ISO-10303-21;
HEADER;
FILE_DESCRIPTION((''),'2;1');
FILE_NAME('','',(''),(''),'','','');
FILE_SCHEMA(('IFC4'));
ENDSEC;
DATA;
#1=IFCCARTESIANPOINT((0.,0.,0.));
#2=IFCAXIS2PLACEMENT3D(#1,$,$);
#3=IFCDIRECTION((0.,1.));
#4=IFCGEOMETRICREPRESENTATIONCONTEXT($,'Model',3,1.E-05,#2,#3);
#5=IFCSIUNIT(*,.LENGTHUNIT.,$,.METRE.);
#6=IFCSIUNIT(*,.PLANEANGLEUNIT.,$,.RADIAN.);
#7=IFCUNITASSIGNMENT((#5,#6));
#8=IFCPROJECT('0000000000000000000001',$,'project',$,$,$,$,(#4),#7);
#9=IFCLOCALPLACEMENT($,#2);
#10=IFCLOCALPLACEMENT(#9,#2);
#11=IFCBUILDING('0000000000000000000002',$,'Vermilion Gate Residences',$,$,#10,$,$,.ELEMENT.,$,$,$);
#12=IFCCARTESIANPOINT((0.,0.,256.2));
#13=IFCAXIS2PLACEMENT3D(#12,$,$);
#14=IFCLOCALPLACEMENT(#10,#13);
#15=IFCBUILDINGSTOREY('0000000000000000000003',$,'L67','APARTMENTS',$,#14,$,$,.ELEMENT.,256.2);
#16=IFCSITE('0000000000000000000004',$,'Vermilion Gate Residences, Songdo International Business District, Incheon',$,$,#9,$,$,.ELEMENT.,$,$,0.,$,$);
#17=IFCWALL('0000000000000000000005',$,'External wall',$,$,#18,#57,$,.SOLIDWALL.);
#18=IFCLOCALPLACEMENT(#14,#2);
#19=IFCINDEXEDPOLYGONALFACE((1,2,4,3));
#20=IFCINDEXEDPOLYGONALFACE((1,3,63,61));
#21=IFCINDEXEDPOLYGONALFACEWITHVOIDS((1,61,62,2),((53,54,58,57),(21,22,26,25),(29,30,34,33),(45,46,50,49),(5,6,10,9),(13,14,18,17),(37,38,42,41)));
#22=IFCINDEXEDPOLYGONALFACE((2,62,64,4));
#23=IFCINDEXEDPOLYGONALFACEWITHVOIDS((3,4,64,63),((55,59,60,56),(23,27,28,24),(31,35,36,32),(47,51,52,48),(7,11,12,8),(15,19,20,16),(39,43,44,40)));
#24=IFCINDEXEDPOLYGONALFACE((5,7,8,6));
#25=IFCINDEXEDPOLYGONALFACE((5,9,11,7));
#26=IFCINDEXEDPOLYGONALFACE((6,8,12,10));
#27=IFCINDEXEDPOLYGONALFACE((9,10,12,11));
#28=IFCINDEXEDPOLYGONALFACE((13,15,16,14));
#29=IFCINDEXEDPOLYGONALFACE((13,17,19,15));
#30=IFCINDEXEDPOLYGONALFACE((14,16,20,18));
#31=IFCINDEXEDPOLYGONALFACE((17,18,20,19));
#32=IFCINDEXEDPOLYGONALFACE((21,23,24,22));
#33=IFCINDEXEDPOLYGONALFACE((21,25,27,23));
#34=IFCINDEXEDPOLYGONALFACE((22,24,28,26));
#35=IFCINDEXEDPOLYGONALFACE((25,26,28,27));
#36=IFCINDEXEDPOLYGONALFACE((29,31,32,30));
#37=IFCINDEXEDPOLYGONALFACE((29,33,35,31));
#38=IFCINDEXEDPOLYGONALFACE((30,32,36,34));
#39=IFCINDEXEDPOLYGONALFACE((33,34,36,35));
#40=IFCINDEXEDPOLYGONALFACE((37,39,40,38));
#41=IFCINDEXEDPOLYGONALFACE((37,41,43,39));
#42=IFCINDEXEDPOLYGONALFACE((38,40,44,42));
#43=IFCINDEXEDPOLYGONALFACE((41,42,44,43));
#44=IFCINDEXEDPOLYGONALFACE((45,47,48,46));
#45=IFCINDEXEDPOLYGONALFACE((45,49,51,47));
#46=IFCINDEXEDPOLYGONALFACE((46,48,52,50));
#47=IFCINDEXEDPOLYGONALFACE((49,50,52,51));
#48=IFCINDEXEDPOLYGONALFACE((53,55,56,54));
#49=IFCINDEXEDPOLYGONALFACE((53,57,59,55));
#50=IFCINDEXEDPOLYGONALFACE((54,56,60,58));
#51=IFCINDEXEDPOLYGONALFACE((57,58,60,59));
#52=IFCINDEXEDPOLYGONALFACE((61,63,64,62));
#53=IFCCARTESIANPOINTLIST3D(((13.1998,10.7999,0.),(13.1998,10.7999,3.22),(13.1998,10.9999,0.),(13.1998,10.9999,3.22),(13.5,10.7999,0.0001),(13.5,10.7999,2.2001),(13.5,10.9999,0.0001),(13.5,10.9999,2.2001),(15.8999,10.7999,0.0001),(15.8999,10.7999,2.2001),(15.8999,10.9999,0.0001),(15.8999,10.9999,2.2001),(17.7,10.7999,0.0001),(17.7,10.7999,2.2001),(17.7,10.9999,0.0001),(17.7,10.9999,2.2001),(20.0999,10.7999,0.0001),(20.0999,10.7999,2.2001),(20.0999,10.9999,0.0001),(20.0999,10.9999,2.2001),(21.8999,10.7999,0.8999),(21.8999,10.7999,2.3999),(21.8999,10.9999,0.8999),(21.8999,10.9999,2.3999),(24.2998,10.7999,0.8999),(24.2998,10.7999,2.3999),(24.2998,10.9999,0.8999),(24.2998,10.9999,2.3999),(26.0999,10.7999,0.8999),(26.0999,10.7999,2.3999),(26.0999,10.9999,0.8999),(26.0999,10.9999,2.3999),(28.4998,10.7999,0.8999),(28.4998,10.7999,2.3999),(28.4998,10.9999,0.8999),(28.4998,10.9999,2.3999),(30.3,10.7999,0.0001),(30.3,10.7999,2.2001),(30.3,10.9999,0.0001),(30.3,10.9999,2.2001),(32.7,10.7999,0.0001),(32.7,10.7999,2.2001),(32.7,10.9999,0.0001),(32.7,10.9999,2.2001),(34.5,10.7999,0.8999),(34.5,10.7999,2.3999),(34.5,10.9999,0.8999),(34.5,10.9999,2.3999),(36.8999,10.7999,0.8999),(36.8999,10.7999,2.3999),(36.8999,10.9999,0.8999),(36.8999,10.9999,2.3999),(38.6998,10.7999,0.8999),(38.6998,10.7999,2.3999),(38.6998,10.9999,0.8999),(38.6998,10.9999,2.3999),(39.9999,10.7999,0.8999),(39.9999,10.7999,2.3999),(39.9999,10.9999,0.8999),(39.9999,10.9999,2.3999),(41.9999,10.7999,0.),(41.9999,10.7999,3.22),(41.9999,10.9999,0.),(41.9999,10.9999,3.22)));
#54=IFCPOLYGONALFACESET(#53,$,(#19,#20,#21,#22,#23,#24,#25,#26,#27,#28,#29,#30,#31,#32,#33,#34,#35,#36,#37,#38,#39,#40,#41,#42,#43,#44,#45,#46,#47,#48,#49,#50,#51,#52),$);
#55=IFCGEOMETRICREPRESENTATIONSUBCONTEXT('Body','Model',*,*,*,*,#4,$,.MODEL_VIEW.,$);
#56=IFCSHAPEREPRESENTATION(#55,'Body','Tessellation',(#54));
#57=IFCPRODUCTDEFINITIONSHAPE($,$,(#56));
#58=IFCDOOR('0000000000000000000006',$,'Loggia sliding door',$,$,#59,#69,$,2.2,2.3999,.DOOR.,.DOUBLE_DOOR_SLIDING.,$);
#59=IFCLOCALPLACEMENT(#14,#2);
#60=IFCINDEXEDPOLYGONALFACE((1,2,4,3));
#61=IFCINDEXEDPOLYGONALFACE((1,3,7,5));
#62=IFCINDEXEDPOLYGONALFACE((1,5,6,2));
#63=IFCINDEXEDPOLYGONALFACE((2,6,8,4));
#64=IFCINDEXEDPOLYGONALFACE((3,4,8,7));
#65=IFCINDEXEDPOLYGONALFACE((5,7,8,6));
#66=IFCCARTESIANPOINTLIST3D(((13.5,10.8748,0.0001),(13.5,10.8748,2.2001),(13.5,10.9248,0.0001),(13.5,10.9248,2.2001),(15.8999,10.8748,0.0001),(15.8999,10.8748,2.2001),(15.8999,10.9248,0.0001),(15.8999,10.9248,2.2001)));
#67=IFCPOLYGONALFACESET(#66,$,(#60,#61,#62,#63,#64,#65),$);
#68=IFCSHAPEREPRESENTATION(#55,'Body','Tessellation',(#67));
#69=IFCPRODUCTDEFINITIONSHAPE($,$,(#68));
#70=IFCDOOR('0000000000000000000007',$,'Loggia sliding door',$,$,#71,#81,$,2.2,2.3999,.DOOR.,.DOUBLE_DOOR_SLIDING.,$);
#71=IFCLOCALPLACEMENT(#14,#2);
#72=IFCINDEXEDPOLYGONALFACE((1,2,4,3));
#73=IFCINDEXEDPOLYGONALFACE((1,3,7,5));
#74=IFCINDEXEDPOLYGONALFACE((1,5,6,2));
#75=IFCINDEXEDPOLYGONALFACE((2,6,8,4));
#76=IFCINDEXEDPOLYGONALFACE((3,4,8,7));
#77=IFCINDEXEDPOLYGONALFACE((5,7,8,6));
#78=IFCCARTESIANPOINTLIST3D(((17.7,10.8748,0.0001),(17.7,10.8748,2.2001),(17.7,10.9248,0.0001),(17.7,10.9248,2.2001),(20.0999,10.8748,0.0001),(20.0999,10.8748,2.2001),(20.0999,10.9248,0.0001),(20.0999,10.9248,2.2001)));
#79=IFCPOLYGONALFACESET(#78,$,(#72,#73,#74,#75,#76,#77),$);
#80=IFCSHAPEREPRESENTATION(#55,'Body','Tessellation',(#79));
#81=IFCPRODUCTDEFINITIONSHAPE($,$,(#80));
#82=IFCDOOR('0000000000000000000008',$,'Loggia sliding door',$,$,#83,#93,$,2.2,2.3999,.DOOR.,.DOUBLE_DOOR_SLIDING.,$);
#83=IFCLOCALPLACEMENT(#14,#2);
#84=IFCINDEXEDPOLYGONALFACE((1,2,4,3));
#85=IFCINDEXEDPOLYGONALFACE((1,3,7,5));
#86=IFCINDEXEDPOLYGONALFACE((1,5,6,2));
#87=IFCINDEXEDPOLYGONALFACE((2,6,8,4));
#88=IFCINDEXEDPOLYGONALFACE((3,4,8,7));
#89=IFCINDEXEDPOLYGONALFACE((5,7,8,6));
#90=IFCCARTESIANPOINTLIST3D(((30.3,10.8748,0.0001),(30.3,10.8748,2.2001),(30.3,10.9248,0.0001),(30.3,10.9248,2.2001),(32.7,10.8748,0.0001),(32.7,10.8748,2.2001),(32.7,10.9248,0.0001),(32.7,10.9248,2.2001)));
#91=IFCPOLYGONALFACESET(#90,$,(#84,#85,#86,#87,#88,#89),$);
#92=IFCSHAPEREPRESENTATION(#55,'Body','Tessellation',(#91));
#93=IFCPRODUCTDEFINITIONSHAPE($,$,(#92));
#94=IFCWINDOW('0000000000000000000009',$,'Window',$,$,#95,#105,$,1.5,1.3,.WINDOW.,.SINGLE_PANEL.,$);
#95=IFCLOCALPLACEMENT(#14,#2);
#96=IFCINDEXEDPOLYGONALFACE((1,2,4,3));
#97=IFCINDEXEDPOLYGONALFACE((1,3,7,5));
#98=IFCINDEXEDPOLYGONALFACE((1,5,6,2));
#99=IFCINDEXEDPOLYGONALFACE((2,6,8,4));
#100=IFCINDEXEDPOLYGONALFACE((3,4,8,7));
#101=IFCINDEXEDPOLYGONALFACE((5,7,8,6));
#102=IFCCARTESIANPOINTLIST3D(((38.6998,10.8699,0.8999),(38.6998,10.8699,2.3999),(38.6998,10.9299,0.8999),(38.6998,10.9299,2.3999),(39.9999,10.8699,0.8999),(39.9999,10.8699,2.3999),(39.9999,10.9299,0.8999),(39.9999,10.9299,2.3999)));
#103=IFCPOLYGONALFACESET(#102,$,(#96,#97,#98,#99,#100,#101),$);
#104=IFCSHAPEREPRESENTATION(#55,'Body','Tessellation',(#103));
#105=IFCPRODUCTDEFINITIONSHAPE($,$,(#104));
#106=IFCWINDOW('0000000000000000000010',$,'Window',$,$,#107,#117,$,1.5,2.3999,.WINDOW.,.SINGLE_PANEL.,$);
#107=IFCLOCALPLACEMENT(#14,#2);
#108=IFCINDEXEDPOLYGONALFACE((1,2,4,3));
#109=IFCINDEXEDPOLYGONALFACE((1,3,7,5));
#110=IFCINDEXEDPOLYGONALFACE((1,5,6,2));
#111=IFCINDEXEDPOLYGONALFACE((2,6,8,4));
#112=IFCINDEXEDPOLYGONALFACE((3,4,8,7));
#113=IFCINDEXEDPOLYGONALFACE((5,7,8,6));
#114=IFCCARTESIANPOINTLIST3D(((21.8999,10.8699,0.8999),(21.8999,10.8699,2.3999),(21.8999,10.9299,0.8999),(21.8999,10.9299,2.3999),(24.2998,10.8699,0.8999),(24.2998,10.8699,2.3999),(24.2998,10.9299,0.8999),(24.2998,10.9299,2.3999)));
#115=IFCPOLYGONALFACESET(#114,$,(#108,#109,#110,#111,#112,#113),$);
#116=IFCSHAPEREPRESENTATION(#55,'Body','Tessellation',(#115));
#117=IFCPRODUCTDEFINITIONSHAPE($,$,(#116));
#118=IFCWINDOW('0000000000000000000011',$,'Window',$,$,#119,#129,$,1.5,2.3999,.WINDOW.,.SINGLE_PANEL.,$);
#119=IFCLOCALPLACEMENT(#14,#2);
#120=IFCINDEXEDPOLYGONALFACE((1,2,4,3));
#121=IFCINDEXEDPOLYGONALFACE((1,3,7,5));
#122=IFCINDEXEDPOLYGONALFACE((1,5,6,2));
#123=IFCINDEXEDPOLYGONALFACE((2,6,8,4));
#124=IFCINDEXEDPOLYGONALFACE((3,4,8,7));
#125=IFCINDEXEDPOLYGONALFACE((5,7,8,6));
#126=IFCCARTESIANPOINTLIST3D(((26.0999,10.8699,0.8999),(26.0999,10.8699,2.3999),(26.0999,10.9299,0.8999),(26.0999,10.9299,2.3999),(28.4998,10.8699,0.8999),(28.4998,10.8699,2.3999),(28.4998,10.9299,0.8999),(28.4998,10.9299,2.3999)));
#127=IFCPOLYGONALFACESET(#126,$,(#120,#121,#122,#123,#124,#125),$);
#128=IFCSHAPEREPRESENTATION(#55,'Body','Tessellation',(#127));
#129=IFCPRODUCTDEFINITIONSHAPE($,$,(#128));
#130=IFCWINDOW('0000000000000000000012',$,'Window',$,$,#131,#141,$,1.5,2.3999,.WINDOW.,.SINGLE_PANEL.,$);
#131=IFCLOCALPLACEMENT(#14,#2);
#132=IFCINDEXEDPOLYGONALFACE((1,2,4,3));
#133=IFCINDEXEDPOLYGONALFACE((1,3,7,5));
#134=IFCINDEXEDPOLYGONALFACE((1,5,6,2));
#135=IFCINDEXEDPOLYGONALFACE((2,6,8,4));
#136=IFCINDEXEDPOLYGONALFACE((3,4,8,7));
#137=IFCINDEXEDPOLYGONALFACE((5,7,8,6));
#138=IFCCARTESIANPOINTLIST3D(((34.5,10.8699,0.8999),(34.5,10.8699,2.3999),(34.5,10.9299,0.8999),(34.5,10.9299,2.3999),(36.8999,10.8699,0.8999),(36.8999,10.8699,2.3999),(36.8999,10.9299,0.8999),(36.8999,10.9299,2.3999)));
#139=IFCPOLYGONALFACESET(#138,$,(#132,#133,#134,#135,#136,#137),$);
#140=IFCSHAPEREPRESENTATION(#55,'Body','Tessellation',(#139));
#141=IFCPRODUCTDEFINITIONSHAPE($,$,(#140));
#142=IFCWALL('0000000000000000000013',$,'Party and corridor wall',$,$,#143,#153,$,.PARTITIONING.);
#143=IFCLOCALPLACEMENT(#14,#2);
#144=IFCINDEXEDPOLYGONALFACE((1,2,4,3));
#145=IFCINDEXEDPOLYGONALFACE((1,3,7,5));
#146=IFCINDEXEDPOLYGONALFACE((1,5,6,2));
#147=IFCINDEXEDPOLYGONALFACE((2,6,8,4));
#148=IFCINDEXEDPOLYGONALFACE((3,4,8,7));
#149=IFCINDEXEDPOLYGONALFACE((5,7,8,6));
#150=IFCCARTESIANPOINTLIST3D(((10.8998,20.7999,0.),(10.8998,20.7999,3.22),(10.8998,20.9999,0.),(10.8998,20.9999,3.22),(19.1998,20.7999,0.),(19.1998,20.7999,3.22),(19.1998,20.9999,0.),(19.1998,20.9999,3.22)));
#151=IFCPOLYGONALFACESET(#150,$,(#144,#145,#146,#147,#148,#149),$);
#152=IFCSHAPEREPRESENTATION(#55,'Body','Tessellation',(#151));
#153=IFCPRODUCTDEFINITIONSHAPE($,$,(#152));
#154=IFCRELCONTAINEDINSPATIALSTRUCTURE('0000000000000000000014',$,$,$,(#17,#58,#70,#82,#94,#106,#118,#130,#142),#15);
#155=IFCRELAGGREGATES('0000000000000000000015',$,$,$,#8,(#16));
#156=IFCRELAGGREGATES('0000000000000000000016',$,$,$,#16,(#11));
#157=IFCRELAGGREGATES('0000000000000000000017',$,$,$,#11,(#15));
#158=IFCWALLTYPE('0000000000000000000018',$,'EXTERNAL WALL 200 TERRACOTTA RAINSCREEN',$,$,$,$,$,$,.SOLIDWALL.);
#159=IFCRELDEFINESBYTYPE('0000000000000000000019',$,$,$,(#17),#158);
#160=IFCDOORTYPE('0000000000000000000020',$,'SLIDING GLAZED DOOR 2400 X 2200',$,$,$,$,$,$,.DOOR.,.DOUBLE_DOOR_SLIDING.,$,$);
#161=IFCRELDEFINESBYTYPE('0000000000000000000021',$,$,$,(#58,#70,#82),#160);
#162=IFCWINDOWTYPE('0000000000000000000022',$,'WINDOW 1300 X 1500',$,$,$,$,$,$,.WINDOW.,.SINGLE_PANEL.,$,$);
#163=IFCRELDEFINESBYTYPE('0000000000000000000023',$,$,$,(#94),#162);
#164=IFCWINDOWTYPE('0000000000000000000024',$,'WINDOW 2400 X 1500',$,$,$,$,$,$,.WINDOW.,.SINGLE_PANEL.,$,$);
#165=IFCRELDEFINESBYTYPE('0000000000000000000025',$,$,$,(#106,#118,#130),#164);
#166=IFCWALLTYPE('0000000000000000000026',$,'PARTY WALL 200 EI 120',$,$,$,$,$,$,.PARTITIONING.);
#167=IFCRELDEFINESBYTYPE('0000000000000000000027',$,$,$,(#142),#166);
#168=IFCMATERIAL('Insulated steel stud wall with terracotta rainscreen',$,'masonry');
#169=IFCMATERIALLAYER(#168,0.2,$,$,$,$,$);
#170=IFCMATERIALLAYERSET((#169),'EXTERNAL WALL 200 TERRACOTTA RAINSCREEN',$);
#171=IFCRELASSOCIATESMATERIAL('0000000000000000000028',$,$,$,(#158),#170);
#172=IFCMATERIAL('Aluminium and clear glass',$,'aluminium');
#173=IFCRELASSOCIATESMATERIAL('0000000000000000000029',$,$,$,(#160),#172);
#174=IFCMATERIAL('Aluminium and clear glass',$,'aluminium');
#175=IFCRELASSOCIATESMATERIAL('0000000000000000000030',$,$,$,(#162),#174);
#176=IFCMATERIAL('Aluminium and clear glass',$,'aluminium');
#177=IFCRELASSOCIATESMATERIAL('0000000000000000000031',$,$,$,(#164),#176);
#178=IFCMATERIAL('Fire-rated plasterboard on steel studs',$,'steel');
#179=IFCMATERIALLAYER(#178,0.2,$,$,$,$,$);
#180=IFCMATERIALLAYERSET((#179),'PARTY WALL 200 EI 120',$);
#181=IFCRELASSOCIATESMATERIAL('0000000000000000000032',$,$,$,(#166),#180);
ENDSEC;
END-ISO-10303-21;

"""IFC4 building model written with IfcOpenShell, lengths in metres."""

from ifc_helpers import new_model, si_unit, direction, frame, frame_2d, origin, place, context, subcontext, project, spatial, rectangle, extrude, material, layer, layer_set, type_object, element, fill, save


model = new_model("IFC4")

# Units and contexts
model_context = context("Model", 3, precision=1e-05, world=origin(), true_north=direction((0.0, 1.0)))
body_context = subcontext(model_context, "Body", "Model", "MODEL_VIEW")
ifc_project = project(units=[si_unit("LENGTHUNIT", "METRE"), si_unit("PLANEANGLEUNIT", "RADIAN")], contexts=[model_context])

# Site, building, storey
site_placement = place(None, origin())
site = spatial("IfcSite", under=ifc_project, at=site_placement, Name="Vermilion Gate Residences, Songdo International Business District, Incheon", CompositionType="ELEMENT", RefElevation=0.0)
building_placement = place(site_placement, origin())
building = spatial("IfcBuilding", under=site, at=building_placement, Name="Vermilion Gate Residences", CompositionType="ELEMENT")
storey_placement = place(building_placement, frame((0.0, 0.0, 256.2)))
storey = spatial("IfcBuildingStorey", under=building, at=storey_placement, Name="L67", Description="APARTMENTS", CompositionType="ELEMENT", Elevation=256.2)

# Shared definitions
ifc_material_1 = material(Name="Insulated steel stud wall with terracotta rainscreen", Category="masonry")
ifc_layer_1 = layer(ifc_material_1, 0.2)
ifc_layer_set_1 = layer_set([ifc_layer_1], Name="EXTERNAL WALL 200 TERRACOTTA RAINSCREEN")
wall_type_1 = type_object("IfcWallType", Name="EXTERNAL WALL 200 TERRACOTTA RAINSCREEN", PredefinedType="SOLIDWALL", material=ifc_layer_set_1)

# Wall, openings, doors, windows
wall_1_placement = place(storey_placement, frame((13.2, 10.8999, 0.0), z_axis=(0.0, 0.0, 1.0), x_axis=(1.0, 0.0, 0.0)))
wall_1 = element("IfcWall", 1, at=wall_1_placement, inside=storey, type_object=wall_type_1, Name="External wall", PredefinedType="SOLIDWALL", context=body_context, shape_type="SweptSolid", body=[
    extrude(rectangle(XDim=28.8, YDim=0.2, at=frame_2d((14.3999, 0.0))), origin(), (0.0, 0.0, 1.0), 3.22),
])
opening_1_placement = place(wall_1_placement, frame((0.3, 0.0, 0.0)))
opening_1 = element("IfcOpeningElement", 2, at=opening_1_placement, cuts=wall_1, PredefinedType="OPENING", context=body_context, shape_type="SweptSolid", body=[
    extrude(rectangle(XDim=2.3999, YDim=2.2, at=frame_2d((1.2, 1.1001))), frame((0.0, 0.1099, 0.0), z_axis=(0.0, -1.0, 0.0), x_axis=(1.0, 0.0, 0.0)), (0.0, 0.0, 1.0), 0.22),
])
opening_2_placement = place(wall_1_placement, frame((4.5, 0.0, 0.0)))
opening_2 = element("IfcOpeningElement", 3, at=opening_2_placement, cuts=wall_1, PredefinedType="OPENING", context=body_context, shape_type="SweptSolid", body=[
    extrude(rectangle(XDim=2.3999, YDim=2.2, at=frame_2d((1.2, 1.1001))), frame((0.0, 0.1099, 0.0), z_axis=(0.0, -1.0, 0.0), x_axis=(1.0, 0.0, 0.0)), (0.0, 0.0, 1.0), 0.22),
])
opening_3_placement = place(wall_1_placement, frame((8.7, 0.0, 0.8999)))
opening_3 = element("IfcOpeningElement", 4, at=opening_3_placement, cuts=wall_1, PredefinedType="OPENING", context=body_context, shape_type="SweptSolid", body=[
    extrude(rectangle(XDim=2.3999, YDim=1.5, at=frame_2d((1.2, 0.75))), frame((0.0, 0.1099, 0.0), z_axis=(0.0, -1.0, 0.0), x_axis=(1.0, 0.0, 0.0)), (0.0, 0.0, 1.0), 0.22),
])
opening_4_placement = place(wall_1_placement, frame((12.8999, 0.0, 0.8999)))
opening_4 = element("IfcOpeningElement", 5, at=opening_4_placement, cuts=wall_1, PredefinedType="OPENING", context=body_context, shape_type="SweptSolid", body=[
    extrude(rectangle(XDim=2.3999, YDim=1.5, at=frame_2d((1.2, 0.75))), frame((0.0, 0.1099, 0.0), z_axis=(0.0, -1.0, 0.0), x_axis=(1.0, 0.0, 0.0)), (0.0, 0.0, 1.0), 0.22),
])
opening_5_placement = place(wall_1_placement, frame((17.1001, 0.0, 0.0)))
opening_5 = element("IfcOpeningElement", 6, at=opening_5_placement, cuts=wall_1, PredefinedType="OPENING", context=body_context, shape_type="SweptSolid", body=[
    extrude(rectangle(XDim=2.3999, YDim=2.2, at=frame_2d((1.2, 1.1001))), frame((0.0, 0.1099, 0.0), z_axis=(0.0, -1.0, 0.0), x_axis=(1.0, 0.0, 0.0)), (0.0, 0.0, 1.0), 0.22),
])
opening_6_placement = place(wall_1_placement, frame((21.3, 0.0, 0.8999)))
opening_6 = element("IfcOpeningElement", 7, at=opening_6_placement, cuts=wall_1, PredefinedType="OPENING", context=body_context, shape_type="SweptSolid", body=[
    extrude(rectangle(XDim=2.3999, YDim=1.5, at=frame_2d((1.2, 0.75))), frame((0.0, 0.1099, 0.0), z_axis=(0.0, -1.0, 0.0), x_axis=(1.0, 0.0, 0.0)), (0.0, 0.0, 1.0), 0.22),
])
opening_7_placement = place(wall_1_placement, frame((25.5, 0.0, 0.8999)))
opening_7 = element("IfcOpeningElement", 8, at=opening_7_placement, cuts=wall_1, PredefinedType="OPENING", context=body_context, shape_type="SweptSolid", body=[
    extrude(rectangle(XDim=1.3, YDim=1.5, at=frame_2d((0.6499, 0.75))), frame((0.0, 0.1099, 0.0), z_axis=(0.0, -1.0, 0.0), x_axis=(1.0, 0.0, 0.0)), (0.0, 0.0, 1.0), 0.22),
])
ifc_material_2 = material(Name="Aluminium and clear glass", Category="aluminium")
door_type = type_object("IfcDoorType", Name="SLIDING GLAZED DOOR 2400 X 2200", OperationType="DOUBLE_DOOR_SLIDING", PredefinedType="DOOR", material=ifc_material_2)
door_1_placement = place(opening_1_placement, origin())
door_1 = element("IfcDoor", 9, at=door_1_placement, inside=storey, type_object=door_type, Name="Loggia sliding door", OperationType="DOUBLE_DOOR_SLIDING", OverallHeight=2.2, OverallWidth=2.3999, PredefinedType="DOOR", context=body_context, shape_type="SweptSolid", body=[
    extrude(rectangle(XDim=2.3999, YDim=2.2, at=frame_2d((1.2, 1.1001))), frame((0.0, 0.0249, 0.0), z_axis=(0.0, -1.0, 0.0), x_axis=(1.0, 0.0, 0.0)), (0.0, 0.0, 1.0), 0.05),
])
fill(opening_1, door_1)
door_2_placement = place(opening_2_placement, origin())
door_2 = element("IfcDoor", 10, at=door_2_placement, inside=storey, type_object=door_type, Name="Loggia sliding door", OperationType="DOUBLE_DOOR_SLIDING", OverallHeight=2.2, OverallWidth=2.3999, PredefinedType="DOOR", context=body_context, shape_type="SweptSolid", body=[
    extrude(rectangle(XDim=2.3999, YDim=2.2, at=frame_2d((1.2, 1.1001))), frame((0.0, 0.0249, 0.0), z_axis=(0.0, -1.0, 0.0), x_axis=(1.0, 0.0, 0.0)), (0.0, 0.0, 1.0), 0.05),
])
fill(opening_2, door_2)
door_3_placement = place(opening_5_placement, origin())
door_3 = element("IfcDoor", 11, at=door_3_placement, inside=storey, type_object=door_type, Name="Loggia sliding door", OperationType="DOUBLE_DOOR_SLIDING", OverallHeight=2.2, OverallWidth=2.3999, PredefinedType="DOOR", context=body_context, shape_type="SweptSolid", body=[
    extrude(rectangle(XDim=2.3999, YDim=2.2, at=frame_2d((1.2, 1.1001))), frame((0.0, 0.0249, 0.0), z_axis=(0.0, -1.0, 0.0), x_axis=(1.0, 0.0, 0.0)), (0.0, 0.0, 1.0), 0.05),
])
fill(opening_5, door_3)
ifc_material_3 = material(Name="Aluminium and clear glass", Category="aluminium")
window_type_1 = type_object("IfcWindowType", Name="WINDOW 1300 X 1500", PartitioningType="SINGLE_PANEL", PredefinedType="WINDOW", material=ifc_material_3)
window_1_placement = place(opening_7_placement, origin())
window_1 = element("IfcWindow", 12, at=window_1_placement, inside=storey, type_object=window_type_1, Name="Window", OverallHeight=1.5, OverallWidth=1.3, PartitioningType="SINGLE_PANEL", PredefinedType="WINDOW", context=body_context, shape_type="SweptSolid", body=[
    extrude(rectangle(XDim=1.3, YDim=1.5, at=frame_2d((0.6499, 0.75))), frame((0.0, 0.03, 0.0), z_axis=(0.0, -1.0, 0.0), x_axis=(1.0, 0.0, 0.0)), (0.0, 0.0, 1.0), 0.0601),
])
fill(opening_7, window_1)
ifc_material_4 = material(Name="Aluminium and clear glass", Category="aluminium")
window_type_2 = type_object("IfcWindowType", Name="WINDOW 2400 X 1500", PartitioningType="SINGLE_PANEL", PredefinedType="WINDOW", material=ifc_material_4)
window_2_placement = place(opening_3_placement, origin())
window_2 = element("IfcWindow", 13, at=window_2_placement, inside=storey, type_object=window_type_2, Name="Window", OverallHeight=1.5, OverallWidth=2.3999, PartitioningType="SINGLE_PANEL", PredefinedType="WINDOW", context=body_context, shape_type="SweptSolid", body=[
    extrude(rectangle(XDim=2.3999, YDim=1.5, at=frame_2d((1.2, 0.75))), frame((0.0, 0.03, 0.0), z_axis=(0.0, -1.0, 0.0), x_axis=(1.0, 0.0, 0.0)), (0.0, 0.0, 1.0), 0.0601),
])
fill(opening_3, window_2)
window_3_placement = place(opening_4_placement, origin())
window_3 = element("IfcWindow", 14, at=window_3_placement, inside=storey, type_object=window_type_2, Name="Window", OverallHeight=1.5, OverallWidth=2.3999, PartitioningType="SINGLE_PANEL", PredefinedType="WINDOW", context=body_context, shape_type="SweptSolid", body=[
    extrude(rectangle(XDim=2.3999, YDim=1.5, at=frame_2d((1.2, 0.75))), frame((0.0, 0.03, 0.0), z_axis=(0.0, -1.0, 0.0), x_axis=(1.0, 0.0, 0.0)), (0.0, 0.0, 1.0), 0.0601),
])
fill(opening_4, window_3)
window_4_placement = place(opening_6_placement, origin())
window_4 = element("IfcWindow", 15, at=window_4_placement, inside=storey, type_object=window_type_2, Name="Window", OverallHeight=1.5, OverallWidth=2.3999, PartitioningType="SINGLE_PANEL", PredefinedType="WINDOW", context=body_context, shape_type="SweptSolid", body=[
    extrude(rectangle(XDim=2.3999, YDim=1.5, at=frame_2d((1.2, 0.75))), frame((0.0, 0.03, 0.0), z_axis=(0.0, -1.0, 0.0), x_axis=(1.0, 0.0, 0.0)), (0.0, 0.0, 1.0), 0.0601),
])
fill(opening_6, window_4)

# Wall
ifc_material_5 = material(Name="Fire-rated plasterboard on steel studs", Category="steel")
ifc_layer_2 = layer(ifc_material_5, 0.2)
ifc_layer_set_2 = layer_set([ifc_layer_2], Name="PARTY WALL 200 EI 120")
wall_type_2 = type_object("IfcWallType", Name="PARTY WALL 200 EI 120", PredefinedType="PARTITIONING", material=ifc_layer_set_2)
wall_2_placement = place(storey_placement, frame((10.8999, 20.8999, 0.0), z_axis=(0.0, 0.0, 1.0), x_axis=(1.0, 0.0, 0.0)))
element("IfcWall", 16, at=wall_2_placement, inside=storey, type_object=wall_type_2, Name="Party and corridor wall", PredefinedType="PARTITIONING", context=body_context, shape_type="SweptSolid", body=[
    extrude(rectangle(XDim=8.3, YDim=0.2, at=frame_2d((4.1499, 0.0))), origin(), (0.0, 0.0, 1.0), 3.22),
])

save(model, "model.ifc")
